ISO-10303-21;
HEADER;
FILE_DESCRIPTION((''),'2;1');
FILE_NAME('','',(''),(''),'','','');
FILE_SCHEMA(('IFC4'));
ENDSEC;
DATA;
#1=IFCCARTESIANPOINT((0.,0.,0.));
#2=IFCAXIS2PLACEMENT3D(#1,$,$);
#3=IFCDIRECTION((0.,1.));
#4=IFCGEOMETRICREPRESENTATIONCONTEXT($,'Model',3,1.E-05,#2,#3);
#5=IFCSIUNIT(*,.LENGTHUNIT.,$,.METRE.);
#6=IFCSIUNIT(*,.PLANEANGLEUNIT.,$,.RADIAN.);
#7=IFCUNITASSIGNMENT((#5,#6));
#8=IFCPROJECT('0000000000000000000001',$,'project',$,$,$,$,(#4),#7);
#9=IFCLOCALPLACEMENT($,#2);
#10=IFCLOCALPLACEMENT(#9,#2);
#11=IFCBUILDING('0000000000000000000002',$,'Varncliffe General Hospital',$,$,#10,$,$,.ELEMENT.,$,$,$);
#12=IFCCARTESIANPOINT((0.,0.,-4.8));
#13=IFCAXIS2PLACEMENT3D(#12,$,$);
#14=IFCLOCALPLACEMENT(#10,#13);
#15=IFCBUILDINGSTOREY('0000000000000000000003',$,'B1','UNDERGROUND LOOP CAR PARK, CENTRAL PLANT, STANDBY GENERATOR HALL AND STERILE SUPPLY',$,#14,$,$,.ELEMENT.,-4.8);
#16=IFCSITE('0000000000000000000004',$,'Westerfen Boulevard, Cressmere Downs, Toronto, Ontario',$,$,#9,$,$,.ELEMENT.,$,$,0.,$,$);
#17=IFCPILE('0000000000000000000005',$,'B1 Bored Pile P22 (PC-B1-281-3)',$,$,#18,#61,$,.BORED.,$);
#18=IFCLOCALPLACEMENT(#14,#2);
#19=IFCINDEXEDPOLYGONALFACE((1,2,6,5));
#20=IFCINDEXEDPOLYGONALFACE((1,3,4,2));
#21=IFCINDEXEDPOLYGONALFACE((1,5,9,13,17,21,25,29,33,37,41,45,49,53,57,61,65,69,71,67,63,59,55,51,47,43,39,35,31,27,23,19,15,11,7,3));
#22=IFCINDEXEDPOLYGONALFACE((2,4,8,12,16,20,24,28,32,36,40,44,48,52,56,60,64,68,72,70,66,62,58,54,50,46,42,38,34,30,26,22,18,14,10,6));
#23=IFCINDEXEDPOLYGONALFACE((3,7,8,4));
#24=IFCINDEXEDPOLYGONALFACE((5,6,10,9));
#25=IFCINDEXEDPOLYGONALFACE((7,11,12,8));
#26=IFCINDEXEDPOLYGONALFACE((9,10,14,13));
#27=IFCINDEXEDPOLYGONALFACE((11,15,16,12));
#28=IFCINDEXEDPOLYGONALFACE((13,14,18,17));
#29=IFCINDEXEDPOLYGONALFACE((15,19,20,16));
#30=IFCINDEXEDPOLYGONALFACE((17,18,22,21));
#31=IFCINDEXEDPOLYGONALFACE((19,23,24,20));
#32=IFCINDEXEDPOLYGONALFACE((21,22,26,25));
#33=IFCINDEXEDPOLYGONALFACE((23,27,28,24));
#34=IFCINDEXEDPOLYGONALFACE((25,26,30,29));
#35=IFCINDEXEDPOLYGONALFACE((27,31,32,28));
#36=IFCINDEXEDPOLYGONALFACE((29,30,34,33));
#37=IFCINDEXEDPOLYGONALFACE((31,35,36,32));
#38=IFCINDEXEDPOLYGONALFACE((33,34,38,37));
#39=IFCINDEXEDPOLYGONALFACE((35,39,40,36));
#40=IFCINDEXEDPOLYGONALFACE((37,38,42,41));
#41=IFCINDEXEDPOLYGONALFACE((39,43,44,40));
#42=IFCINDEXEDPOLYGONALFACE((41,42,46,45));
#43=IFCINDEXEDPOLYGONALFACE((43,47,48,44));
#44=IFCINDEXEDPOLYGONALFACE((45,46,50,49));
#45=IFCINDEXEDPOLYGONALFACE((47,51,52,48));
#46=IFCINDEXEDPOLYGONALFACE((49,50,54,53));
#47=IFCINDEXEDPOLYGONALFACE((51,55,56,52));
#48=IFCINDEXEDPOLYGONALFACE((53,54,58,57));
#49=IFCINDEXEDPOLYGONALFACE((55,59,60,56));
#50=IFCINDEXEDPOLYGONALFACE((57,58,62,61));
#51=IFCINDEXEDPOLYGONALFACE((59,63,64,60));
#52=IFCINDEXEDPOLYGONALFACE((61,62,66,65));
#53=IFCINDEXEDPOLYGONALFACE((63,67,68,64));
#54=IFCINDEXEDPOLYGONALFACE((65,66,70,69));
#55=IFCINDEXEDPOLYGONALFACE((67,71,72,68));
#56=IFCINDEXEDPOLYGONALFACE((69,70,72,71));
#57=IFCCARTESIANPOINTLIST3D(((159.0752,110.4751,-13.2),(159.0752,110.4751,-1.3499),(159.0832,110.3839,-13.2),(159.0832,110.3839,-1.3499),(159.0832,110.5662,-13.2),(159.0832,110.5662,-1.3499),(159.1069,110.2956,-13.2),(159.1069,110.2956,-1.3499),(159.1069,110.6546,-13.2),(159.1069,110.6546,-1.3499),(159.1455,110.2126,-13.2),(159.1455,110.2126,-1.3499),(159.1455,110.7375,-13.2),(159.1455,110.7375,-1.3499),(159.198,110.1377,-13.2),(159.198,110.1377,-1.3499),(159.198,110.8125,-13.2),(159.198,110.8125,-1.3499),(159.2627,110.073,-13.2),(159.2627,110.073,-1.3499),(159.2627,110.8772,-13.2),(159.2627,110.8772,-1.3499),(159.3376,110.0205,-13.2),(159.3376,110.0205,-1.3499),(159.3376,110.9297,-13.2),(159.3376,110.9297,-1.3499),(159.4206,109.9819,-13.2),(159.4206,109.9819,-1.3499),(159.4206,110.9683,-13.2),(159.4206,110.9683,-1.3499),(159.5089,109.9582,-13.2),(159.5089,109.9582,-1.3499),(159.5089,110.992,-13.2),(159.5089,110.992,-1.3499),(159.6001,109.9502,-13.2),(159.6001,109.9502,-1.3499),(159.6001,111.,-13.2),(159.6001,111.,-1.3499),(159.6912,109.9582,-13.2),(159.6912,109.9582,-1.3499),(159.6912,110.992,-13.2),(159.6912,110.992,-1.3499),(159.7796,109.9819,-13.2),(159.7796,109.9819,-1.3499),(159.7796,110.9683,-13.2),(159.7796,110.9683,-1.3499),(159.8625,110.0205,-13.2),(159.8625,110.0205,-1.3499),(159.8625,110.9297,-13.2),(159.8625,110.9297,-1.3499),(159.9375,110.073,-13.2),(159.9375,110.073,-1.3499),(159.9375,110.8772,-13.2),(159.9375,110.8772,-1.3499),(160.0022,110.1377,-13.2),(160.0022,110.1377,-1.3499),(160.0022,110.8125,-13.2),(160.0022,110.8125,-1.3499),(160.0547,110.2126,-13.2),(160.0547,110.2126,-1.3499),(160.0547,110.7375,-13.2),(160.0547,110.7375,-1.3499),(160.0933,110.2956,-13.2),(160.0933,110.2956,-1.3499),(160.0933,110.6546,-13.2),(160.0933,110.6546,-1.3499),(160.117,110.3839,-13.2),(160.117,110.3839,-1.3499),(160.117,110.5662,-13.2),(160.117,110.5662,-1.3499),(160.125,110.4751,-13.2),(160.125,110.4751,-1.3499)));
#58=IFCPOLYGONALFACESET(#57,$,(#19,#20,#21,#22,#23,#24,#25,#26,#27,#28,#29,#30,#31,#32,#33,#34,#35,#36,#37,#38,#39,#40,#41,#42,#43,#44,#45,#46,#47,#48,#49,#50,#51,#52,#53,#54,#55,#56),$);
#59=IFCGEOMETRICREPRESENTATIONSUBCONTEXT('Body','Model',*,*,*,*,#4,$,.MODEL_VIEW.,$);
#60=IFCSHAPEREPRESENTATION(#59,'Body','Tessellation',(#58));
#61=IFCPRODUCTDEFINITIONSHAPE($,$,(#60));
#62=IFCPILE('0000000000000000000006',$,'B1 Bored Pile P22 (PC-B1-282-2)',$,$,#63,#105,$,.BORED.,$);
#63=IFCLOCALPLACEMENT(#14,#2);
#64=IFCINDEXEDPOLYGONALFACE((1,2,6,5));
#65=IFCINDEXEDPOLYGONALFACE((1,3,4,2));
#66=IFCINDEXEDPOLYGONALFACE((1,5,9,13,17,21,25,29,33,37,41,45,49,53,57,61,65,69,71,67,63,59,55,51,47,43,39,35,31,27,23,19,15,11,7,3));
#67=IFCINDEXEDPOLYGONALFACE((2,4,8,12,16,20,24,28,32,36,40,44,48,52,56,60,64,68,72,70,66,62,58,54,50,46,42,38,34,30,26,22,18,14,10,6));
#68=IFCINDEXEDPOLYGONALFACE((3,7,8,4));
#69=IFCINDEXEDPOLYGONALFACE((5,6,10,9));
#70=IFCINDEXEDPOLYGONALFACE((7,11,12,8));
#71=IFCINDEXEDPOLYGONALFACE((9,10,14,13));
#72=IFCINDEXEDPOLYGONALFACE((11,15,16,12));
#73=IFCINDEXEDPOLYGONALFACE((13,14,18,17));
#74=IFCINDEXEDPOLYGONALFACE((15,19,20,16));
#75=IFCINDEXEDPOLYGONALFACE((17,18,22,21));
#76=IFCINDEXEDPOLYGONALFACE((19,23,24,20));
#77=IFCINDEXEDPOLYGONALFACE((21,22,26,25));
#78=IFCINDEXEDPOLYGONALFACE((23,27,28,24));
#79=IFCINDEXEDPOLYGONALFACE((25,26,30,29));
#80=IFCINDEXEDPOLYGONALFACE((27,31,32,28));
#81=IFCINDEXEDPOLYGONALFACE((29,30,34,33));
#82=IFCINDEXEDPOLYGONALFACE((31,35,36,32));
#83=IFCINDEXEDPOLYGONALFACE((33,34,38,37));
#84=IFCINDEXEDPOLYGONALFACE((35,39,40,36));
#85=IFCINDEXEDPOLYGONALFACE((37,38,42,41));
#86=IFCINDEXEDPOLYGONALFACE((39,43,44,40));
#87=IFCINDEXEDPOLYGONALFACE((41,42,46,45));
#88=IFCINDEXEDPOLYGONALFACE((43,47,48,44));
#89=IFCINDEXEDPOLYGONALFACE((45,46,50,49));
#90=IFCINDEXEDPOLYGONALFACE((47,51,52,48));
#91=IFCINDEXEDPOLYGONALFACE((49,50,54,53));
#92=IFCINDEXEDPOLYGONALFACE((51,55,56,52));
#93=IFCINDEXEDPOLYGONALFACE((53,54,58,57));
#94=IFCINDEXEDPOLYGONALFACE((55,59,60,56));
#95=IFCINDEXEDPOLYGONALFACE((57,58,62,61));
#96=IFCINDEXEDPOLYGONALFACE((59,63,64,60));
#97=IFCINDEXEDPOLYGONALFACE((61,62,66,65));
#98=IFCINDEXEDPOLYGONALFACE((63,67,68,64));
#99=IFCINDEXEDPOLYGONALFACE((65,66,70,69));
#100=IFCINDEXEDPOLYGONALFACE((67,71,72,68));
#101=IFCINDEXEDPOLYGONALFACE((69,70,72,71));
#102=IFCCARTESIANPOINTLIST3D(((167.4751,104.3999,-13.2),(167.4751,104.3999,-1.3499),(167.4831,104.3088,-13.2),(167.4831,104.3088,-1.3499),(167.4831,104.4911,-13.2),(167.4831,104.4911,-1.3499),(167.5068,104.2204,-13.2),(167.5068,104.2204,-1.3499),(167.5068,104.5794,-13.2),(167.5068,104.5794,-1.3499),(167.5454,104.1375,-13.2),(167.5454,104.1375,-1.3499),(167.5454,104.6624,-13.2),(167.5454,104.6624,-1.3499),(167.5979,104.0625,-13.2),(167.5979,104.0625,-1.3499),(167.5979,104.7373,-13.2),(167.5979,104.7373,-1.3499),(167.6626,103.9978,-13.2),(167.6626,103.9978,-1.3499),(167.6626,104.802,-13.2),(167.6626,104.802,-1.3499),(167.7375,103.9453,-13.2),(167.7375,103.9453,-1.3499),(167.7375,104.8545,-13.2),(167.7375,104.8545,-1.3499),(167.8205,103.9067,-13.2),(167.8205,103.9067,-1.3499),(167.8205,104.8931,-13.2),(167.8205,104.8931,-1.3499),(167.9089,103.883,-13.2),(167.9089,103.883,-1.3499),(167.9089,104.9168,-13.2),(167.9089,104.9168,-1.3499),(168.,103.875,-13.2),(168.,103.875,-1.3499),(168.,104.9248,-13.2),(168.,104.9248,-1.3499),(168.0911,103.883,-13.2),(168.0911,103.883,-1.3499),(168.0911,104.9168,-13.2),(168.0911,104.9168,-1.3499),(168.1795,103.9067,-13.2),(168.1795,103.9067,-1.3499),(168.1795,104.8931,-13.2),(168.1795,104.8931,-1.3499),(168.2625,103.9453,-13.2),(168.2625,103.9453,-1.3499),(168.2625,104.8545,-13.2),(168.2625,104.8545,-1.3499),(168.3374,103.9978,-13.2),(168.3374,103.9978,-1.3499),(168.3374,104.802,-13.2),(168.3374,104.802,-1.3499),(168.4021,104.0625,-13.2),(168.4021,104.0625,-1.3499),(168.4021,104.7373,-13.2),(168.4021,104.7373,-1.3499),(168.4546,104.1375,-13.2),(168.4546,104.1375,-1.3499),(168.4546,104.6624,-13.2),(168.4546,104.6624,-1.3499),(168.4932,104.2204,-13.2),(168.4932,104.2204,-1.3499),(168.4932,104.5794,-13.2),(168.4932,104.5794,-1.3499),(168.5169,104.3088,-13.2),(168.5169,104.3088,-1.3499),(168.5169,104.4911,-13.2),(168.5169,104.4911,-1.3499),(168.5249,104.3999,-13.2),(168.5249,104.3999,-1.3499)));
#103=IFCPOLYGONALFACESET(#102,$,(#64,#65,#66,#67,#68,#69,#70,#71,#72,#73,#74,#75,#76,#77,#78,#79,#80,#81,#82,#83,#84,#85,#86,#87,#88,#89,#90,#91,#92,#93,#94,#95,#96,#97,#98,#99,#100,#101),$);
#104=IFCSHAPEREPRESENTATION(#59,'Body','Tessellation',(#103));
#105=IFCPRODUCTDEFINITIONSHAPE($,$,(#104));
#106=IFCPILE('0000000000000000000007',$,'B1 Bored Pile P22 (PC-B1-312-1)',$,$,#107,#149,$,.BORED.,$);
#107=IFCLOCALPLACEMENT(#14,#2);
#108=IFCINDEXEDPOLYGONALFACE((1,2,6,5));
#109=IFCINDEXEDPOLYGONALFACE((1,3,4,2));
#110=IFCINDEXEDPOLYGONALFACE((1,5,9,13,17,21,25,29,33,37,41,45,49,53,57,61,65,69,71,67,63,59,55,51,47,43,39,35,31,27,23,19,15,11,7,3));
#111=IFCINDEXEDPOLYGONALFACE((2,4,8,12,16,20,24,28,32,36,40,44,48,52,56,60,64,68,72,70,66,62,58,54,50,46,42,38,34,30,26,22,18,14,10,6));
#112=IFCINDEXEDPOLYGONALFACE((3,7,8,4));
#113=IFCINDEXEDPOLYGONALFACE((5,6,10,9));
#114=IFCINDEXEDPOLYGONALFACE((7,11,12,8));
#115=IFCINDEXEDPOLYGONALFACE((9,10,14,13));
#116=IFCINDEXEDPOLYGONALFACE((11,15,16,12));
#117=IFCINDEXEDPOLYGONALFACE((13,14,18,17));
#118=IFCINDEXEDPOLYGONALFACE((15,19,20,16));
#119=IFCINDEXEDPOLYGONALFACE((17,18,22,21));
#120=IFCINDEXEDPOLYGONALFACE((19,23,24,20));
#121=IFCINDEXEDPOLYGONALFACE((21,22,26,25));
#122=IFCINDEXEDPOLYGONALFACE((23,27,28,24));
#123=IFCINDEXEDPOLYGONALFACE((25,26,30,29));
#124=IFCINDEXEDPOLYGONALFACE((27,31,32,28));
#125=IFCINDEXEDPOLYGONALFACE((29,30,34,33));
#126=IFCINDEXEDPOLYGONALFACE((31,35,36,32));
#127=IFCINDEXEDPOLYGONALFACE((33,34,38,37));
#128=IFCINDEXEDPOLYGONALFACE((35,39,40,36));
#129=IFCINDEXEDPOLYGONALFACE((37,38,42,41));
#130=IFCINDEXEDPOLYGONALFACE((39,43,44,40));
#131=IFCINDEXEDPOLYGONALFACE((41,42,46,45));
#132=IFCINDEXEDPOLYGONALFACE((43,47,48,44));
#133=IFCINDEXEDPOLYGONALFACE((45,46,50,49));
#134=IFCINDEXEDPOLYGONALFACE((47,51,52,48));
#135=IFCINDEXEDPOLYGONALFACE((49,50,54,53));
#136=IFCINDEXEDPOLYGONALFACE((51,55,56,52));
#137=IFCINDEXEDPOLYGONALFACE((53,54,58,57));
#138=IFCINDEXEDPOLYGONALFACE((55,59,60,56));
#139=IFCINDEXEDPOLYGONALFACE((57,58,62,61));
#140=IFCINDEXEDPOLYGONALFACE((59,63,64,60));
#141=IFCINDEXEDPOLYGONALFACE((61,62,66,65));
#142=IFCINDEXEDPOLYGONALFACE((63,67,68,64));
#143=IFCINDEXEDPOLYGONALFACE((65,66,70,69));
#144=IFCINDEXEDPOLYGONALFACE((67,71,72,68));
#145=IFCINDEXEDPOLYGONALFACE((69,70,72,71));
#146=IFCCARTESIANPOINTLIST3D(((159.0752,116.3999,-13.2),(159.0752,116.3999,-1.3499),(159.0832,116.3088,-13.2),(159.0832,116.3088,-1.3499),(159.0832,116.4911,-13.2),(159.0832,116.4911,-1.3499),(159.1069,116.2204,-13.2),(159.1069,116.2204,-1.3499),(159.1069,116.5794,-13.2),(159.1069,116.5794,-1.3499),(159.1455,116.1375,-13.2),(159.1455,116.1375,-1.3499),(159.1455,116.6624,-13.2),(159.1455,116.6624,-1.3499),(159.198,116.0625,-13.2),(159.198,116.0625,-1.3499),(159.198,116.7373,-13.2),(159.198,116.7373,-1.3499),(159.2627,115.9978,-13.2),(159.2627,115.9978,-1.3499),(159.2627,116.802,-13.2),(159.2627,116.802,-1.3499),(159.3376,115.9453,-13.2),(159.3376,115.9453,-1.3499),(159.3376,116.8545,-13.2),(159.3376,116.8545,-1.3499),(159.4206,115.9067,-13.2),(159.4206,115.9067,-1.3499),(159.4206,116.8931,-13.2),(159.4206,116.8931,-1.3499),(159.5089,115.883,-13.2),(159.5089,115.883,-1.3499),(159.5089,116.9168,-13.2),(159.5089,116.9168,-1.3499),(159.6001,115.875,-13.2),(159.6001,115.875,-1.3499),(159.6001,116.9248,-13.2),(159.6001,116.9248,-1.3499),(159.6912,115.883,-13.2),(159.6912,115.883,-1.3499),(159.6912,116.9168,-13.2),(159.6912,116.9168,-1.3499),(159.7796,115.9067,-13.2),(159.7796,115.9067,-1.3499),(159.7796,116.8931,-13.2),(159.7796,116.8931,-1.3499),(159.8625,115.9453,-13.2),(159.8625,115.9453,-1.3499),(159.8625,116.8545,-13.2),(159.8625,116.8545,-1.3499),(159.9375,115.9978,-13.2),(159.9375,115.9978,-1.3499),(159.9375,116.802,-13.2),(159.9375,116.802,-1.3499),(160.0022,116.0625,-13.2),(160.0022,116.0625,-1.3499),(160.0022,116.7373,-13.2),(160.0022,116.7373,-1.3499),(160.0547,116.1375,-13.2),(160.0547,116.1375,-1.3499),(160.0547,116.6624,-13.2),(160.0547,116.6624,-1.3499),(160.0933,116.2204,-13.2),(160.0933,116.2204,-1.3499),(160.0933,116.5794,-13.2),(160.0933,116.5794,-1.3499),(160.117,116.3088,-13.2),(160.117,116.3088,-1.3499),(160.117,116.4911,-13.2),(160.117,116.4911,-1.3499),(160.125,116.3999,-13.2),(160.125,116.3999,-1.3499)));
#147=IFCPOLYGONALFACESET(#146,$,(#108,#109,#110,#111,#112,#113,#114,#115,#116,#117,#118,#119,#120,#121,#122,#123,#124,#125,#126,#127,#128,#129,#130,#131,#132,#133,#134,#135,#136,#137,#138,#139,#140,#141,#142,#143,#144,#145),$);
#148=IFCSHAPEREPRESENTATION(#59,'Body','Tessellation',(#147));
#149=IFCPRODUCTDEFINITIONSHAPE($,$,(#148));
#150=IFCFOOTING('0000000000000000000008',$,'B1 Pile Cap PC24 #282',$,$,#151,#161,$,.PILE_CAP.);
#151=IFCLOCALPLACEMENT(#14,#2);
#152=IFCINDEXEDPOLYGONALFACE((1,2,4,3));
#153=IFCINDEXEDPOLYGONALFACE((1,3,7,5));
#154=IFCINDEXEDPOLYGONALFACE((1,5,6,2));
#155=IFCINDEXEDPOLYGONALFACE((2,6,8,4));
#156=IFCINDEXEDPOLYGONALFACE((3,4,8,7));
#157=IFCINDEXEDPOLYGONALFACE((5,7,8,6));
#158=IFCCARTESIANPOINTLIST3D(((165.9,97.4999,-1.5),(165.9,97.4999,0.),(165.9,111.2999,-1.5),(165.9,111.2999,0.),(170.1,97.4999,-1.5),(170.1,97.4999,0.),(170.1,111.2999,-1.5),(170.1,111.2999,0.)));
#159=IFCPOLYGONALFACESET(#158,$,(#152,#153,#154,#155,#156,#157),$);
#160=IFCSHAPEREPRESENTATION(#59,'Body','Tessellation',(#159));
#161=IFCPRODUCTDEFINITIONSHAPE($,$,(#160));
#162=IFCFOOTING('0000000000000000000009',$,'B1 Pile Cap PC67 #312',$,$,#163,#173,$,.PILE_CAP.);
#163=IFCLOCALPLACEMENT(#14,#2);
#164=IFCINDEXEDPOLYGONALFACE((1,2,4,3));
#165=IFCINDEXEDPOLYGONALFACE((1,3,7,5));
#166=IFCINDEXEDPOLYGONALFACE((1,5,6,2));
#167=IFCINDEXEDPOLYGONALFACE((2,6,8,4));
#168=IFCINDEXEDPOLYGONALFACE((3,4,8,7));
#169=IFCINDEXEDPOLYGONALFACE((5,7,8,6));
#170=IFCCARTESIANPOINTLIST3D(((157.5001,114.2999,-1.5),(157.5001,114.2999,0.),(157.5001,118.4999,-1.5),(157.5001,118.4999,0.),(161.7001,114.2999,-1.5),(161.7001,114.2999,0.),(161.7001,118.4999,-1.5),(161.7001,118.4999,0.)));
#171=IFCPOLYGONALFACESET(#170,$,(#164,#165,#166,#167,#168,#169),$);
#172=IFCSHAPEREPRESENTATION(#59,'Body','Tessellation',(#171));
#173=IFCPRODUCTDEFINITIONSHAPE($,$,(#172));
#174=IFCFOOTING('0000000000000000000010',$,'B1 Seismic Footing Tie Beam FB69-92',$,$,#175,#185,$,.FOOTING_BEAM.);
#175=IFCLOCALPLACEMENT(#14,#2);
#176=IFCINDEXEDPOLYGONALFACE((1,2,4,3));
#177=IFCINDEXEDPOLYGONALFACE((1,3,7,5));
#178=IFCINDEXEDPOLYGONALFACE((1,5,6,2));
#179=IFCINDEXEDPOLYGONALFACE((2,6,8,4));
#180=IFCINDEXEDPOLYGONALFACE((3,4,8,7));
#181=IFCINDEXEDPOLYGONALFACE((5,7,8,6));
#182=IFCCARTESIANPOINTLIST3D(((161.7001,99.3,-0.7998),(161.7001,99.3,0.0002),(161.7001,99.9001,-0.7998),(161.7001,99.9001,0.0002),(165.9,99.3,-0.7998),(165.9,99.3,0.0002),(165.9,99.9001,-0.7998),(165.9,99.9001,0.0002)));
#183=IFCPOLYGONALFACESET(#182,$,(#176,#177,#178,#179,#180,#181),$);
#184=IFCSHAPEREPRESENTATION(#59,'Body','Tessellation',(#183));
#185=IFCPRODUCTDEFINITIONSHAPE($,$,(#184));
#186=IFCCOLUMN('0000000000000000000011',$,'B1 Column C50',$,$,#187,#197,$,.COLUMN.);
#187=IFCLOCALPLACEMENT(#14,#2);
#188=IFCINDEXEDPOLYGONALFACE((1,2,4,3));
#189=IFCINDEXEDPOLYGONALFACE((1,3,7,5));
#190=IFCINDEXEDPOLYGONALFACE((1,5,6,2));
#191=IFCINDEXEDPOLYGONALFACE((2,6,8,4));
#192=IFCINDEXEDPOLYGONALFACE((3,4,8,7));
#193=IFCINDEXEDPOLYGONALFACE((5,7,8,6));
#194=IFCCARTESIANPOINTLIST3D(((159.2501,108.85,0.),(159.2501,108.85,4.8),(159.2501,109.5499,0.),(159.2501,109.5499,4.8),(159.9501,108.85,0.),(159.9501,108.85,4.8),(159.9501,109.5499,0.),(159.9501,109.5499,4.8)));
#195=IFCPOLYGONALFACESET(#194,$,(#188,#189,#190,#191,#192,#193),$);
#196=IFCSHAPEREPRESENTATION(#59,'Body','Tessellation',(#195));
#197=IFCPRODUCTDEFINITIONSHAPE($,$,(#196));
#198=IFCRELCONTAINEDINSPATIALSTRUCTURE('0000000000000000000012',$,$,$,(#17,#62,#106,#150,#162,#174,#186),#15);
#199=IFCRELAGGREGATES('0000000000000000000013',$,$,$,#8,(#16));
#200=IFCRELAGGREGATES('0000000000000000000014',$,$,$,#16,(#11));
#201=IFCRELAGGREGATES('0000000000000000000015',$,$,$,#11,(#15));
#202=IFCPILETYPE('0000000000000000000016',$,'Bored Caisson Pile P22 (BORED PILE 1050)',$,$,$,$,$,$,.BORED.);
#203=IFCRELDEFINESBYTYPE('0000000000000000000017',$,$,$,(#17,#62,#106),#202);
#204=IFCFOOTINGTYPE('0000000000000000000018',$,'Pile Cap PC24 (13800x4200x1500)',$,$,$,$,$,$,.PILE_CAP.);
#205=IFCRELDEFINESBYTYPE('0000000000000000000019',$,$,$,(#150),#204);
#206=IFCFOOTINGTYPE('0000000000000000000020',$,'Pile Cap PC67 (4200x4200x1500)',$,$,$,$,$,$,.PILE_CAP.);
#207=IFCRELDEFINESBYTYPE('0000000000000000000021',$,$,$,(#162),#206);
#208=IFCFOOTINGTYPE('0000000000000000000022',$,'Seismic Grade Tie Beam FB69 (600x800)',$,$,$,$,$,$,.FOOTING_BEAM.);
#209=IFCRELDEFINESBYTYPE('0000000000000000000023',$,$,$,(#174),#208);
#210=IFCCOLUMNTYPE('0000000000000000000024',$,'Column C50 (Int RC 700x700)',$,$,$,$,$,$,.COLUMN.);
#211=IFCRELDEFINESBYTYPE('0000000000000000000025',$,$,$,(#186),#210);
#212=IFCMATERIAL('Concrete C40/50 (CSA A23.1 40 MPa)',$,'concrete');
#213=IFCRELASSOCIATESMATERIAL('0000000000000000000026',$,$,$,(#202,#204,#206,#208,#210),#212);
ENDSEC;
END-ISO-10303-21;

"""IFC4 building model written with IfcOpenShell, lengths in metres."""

from ifc_helpers import new_model, si_unit, direction, frame, origin, origin_2d, place, context, subcontext, project, spatial, rectangle, circle, extrude, material, material_profile, profile_set, type_object, element, save


model = new_model("IFC4")

# Units and contexts
model_context = context("Model", 3, precision=1e-05, world=origin(), true_north=direction((0.0, 1.0)))
body_context = subcontext(model_context, "Body", "Model", "MODEL_VIEW")
ifc_project = project(units=[si_unit("LENGTHUNIT", "METRE"), si_unit("PLANEANGLEUNIT", "RADIAN")], contexts=[model_context])

# Site, building, storey
site_placement = place(None, origin())
site = spatial("IfcSite", under=ifc_project, at=site_placement, Name="Westerfen Boulevard, Cressmere Downs, Toronto, Ontario", CompositionType="ELEMENT", RefElevation=0.0)
building_placement = place(site_placement, origin())
building = spatial("IfcBuilding", under=site, at=building_placement, Name="Varncliffe General Hospital", CompositionType="ELEMENT")
storey_placement = place(building_placement, frame((0.0, 0.0, -4.8)))
storey = spatial("IfcBuildingStorey", under=building, at=storey_placement, Name="B1", Description="UNDERGROUND LOOP CAR PARK, CENTRAL PLANT, STANDBY GENERATOR HALL AND STERILE SUPPLY", CompositionType="ELEMENT", Elevation=-4.8)

# Piles
ifc_material_1 = material(Name="Concrete C40/50 (CSA A23.1 40 MPa)", Category="concrete")
ifc_material_profile_1 = material_profile(ifc_material_1, circle(Radius=0.5249, at=origin_2d()), Name="BORED PILE 1050")
ifc_profile_set_1 = profile_set([ifc_material_profile_1], Name="Concrete C40/50 (CSA A23.1 40 MPa)")
pile_type = type_object("IfcPileType", Name="Bored Caisson Pile P22 (BORED PILE 1050)", PredefinedType="BORED", material=ifc_profile_set_1)
for number, where, z_axis, x_axis, name in (
    (1, (159.6001, 110.4751, -1.3499), (0.0, 0.0, -1.0), (1.0, 0.0, 0.0), "B1 Bored Pile P22 (PC-B1-281-3)"),
    (2, (168.0, 104.3999, -1.3499), (0.0, 0.0, -1.0), (1.0, 0.0, 0.0), "B1 Bored Pile P22 (PC-B1-282-2)"),
    (3, (159.6001, 116.3999, -1.3499), (0.0, 0.0, -1.0), (1.0, 0.0, 0.0), "B1 Bored Pile P22 (PC-B1-312-1)"),
):
    element("IfcPile", number, at=place(storey_placement, frame(where, z_axis=z_axis, x_axis=x_axis)), inside=storey, type_object=pile_type, Name=name, PredefinedType="BORED", context=body_context, shape_type="SweptSolid", body=[
        extrude(circle(Radius=0.5249, at=origin_2d()), origin(), (0.0, 0.0, 1.0), 11.8501),
    ])

# Footings
footing_type_1 = type_object("IfcFootingType", Name="Pile Cap PC24 (13800x4200x1500)", PredefinedType="PILE_CAP", material=ifc_material_1)
footing_1_placement = place(storey_placement, frame((168.0, 104.3999, -1.5), z_axis=(0.0, 0.0, 1.0), x_axis=(1.0, 0.0, 0.0)))
element("IfcFooting", 4, at=footing_1_placement, inside=storey, type_object=footing_type_1, Name="B1 Pile Cap PC24 #282", PredefinedType="PILE_CAP", context=body_context, shape_type="SweptSolid", body=[
    extrude(rectangle(XDim=4.2, YDim=13.8, at=origin_2d()), origin(), (0.0, 0.0, 1.0), 1.5),
])
footing_type_2 = type_object("IfcFootingType", Name="Pile Cap PC67 (4200x4200x1500)", PredefinedType="PILE_CAP", material=ifc_material_1)
footing_2_placement = place(storey_placement, frame((159.6001, 116.3999, -1.5), z_axis=(0.0, 0.0, 1.0), x_axis=(1.0, 0.0, 0.0)))
element("IfcFooting", 5, at=footing_2_placement, inside=storey, type_object=footing_type_2, Name="B1 Pile Cap PC67 #312", PredefinedType="PILE_CAP", context=body_context, shape_type="SweptSolid", body=[
    extrude(rectangle(XDim=4.2, YDim=4.2, at=origin_2d()), origin(), (0.0, 0.0, 1.0), 1.5),
])
footing_type_3 = type_object("IfcFootingType", Name="Seismic Grade Tie Beam FB69 (600x800)", PredefinedType="FOOTING_BEAM", material=ifc_material_1)
footing_3_placement = place(storey_placement, frame((163.8, 99.6001, -0.7998), z_axis=(0.0, 0.0, 1.0), x_axis=(1.0, 0.0, 0.0)))
element("IfcFooting", 6, at=footing_3_placement, inside=storey, type_object=footing_type_3, Name="B1 Seismic Footing Tie Beam FB69-92", PredefinedType="FOOTING_BEAM", context=body_context, shape_type="SweptSolid", body=[
    extrude(rectangle(XDim=4.2, YDim=0.6001, at=origin_2d()), origin(), (0.0, 0.0, 1.0), 0.8),
])

# Column
ifc_material_profile_2 = material_profile(ifc_material_1, rectangle(XDim=0.7, YDim=0.7, at=origin_2d()), Name="RC 700x700")
ifc_profile_set_2 = profile_set([ifc_material_profile_2], Name="Concrete C40/50 (CSA A23.1 40 MPa)")
column_type = type_object("IfcColumnType", Name="Column C50 (Int RC 700x700)", PredefinedType="COLUMN", material=ifc_profile_set_2)
for number, where, z_axis, x_axis, name in (
    (7, (159.6001, 109.2, 0.0), (0.0, 0.0, 1.0), (1.0, 0.0, 0.0), "B1 Column C50"),
):
    element("IfcColumn", number, at=place(storey_placement, frame(where, z_axis=z_axis, x_axis=x_axis)), inside=storey, type_object=column_type, Name=name, PredefinedType="COLUMN", context=body_context, shape_type="SweptSolid", body=[
        extrude(rectangle(XDim=0.7, YDim=0.7, at=origin_2d()), origin(), (0.0, 0.0, 1.0), 4.8),
    ])

save(model, "model.ifc")
